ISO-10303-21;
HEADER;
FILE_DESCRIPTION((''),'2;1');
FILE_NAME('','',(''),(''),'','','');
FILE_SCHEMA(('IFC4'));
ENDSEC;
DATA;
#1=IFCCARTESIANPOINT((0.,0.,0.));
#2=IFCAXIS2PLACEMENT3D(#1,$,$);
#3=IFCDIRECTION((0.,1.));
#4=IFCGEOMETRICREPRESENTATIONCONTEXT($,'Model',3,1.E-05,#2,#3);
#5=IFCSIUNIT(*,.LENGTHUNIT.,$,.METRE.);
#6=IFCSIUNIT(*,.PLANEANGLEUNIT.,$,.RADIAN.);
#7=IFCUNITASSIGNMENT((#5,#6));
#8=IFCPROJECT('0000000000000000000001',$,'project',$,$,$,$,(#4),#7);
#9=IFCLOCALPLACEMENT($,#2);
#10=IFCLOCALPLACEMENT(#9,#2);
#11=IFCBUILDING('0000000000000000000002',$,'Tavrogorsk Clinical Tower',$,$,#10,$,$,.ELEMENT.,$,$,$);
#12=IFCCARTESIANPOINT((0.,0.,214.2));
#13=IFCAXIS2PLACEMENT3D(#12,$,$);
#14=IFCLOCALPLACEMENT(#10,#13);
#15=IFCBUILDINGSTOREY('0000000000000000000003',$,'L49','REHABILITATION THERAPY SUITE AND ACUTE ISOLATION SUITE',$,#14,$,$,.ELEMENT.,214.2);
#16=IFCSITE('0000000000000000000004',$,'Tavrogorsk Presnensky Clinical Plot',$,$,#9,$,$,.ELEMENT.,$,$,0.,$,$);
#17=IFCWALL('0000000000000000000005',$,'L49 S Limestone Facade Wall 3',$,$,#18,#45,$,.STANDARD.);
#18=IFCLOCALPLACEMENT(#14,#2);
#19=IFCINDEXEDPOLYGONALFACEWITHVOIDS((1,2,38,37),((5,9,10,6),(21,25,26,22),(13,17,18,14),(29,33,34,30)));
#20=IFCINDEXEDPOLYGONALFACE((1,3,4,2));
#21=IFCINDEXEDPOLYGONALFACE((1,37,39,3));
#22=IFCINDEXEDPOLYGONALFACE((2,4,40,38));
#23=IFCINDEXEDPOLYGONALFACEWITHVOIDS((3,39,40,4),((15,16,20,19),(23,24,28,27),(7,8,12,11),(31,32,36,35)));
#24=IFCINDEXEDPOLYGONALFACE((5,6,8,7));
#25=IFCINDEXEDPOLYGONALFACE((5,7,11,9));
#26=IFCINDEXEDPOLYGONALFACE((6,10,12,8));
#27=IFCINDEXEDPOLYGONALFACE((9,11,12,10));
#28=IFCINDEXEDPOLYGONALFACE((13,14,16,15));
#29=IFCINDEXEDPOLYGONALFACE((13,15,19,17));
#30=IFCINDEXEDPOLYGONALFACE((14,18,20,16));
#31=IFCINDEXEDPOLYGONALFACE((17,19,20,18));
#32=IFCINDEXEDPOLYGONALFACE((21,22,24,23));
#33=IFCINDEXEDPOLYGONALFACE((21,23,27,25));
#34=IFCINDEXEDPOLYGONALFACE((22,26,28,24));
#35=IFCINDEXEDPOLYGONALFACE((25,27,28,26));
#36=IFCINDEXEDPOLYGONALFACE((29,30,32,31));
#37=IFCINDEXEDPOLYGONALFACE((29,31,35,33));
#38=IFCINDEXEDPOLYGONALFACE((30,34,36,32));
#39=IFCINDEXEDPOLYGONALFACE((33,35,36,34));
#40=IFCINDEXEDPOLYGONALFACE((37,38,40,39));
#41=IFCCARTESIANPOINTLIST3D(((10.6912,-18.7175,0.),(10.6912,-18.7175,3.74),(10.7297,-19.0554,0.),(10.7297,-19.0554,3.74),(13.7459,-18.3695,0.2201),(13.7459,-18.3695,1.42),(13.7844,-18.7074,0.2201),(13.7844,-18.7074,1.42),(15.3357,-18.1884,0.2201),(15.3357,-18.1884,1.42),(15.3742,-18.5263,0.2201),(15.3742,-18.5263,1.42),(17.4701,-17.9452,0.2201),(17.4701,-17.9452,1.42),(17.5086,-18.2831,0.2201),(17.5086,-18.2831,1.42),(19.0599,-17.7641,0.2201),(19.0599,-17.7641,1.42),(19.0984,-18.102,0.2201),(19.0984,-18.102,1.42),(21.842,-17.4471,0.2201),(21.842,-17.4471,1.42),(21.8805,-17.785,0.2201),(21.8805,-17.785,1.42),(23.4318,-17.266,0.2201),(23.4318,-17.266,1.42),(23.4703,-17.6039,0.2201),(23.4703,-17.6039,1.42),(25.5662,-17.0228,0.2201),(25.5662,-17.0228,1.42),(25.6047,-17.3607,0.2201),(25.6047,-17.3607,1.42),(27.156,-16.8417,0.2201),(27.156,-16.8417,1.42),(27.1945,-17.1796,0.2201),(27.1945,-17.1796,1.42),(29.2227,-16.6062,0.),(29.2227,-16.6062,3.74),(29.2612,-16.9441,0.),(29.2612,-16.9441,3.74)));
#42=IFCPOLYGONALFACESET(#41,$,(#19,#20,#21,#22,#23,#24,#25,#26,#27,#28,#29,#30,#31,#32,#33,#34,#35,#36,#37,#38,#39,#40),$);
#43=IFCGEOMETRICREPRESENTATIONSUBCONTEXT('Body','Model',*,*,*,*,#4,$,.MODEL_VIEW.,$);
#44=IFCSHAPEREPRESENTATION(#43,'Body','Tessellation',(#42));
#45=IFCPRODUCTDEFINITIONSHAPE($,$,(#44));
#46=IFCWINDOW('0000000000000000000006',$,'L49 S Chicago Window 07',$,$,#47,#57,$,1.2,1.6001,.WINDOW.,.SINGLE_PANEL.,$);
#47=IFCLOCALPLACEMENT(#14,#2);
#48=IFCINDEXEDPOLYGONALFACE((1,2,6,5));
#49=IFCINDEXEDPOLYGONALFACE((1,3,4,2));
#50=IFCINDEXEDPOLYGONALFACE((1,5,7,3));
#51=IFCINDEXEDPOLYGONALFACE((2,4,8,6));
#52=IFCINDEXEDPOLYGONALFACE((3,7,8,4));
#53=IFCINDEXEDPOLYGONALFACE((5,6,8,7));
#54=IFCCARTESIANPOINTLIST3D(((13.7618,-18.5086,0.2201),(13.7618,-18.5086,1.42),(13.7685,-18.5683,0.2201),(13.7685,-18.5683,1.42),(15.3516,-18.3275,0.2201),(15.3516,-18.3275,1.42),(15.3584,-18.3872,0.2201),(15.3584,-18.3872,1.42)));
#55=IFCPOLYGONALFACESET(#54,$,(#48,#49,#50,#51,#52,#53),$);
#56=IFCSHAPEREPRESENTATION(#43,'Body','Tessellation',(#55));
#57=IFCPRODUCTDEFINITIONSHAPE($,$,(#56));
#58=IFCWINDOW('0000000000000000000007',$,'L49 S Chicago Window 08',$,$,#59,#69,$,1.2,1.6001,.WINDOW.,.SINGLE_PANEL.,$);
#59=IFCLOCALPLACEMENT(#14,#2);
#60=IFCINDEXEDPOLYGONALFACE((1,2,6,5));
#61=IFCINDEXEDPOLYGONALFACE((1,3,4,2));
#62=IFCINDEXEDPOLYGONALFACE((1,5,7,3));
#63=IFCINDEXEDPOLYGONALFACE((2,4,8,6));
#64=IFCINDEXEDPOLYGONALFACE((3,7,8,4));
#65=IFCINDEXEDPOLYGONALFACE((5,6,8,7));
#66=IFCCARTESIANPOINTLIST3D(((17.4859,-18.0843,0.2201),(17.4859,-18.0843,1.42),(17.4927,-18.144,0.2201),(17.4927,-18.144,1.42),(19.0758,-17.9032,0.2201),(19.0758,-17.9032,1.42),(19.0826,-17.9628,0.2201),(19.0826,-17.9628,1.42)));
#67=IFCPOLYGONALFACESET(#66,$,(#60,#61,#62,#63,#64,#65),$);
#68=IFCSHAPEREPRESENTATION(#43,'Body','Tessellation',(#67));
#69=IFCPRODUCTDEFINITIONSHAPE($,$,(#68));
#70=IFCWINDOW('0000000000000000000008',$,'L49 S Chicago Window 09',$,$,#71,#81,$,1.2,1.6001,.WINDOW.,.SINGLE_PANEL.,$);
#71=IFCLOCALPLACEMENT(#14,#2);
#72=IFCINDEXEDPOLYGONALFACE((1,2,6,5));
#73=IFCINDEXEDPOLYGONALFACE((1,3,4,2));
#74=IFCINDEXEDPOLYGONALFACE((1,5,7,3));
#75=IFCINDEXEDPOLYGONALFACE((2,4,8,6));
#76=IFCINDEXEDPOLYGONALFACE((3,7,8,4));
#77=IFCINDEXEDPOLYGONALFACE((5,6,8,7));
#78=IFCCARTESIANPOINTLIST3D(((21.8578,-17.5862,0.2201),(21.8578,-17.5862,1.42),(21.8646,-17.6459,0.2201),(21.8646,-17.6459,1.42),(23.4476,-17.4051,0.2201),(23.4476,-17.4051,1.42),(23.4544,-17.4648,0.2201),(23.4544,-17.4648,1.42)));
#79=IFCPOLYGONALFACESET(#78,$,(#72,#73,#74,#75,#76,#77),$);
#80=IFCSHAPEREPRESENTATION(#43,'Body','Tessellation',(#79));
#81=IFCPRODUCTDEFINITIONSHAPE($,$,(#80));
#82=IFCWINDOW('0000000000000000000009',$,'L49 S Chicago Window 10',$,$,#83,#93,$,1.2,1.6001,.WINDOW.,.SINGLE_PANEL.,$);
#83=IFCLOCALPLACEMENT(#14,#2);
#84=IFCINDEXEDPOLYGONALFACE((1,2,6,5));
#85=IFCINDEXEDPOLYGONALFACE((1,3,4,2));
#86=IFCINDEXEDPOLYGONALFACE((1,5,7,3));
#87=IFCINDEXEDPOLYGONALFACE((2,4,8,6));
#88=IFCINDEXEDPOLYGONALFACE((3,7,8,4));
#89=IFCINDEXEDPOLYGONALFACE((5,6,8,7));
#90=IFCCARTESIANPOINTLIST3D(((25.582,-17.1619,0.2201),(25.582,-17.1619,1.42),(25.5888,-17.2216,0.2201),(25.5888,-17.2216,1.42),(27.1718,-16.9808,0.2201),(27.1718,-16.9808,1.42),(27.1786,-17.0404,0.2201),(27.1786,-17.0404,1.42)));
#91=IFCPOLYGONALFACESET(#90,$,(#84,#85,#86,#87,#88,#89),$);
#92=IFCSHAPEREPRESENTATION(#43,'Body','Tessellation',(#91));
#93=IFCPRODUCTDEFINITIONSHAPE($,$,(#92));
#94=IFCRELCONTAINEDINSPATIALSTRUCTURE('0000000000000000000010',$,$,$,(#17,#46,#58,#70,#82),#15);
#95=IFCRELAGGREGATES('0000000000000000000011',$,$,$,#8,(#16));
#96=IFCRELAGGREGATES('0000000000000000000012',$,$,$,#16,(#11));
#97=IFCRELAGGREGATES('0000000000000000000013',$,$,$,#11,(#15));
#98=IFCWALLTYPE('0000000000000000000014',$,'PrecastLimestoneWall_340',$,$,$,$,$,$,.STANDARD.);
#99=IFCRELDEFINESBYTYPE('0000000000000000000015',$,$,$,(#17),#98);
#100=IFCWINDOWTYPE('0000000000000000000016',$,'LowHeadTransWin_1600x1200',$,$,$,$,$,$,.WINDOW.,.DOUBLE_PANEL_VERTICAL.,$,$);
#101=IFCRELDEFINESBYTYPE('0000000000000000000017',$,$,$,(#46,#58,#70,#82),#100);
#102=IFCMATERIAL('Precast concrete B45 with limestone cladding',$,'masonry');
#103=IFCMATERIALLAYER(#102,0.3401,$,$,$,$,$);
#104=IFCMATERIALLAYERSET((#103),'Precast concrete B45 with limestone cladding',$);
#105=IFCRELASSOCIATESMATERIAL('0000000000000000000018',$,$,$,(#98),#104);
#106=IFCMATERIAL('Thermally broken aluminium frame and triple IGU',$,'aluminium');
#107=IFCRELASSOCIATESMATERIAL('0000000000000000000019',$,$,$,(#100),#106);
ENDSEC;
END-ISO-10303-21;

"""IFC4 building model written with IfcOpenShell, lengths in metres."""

from ifc_helpers import new_model, si_unit, direction, frame, frame_2d, origin, place, context, subcontext, project, spatial, rectangle, extrude, material, layer, layer_set, type_object, element, fill, save


model = new_model("IFC4")

# Units and contexts
model_context = context("Model", 3, precision=1e-05, world=origin(), true_north=direction((0.0, 1.0)))
body_context = subcontext(model_context, "Body", "Model", "MODEL_VIEW")
ifc_project = project(units=[si_unit("LENGTHUNIT", "METRE"), si_unit("PLANEANGLEUNIT", "RADIAN")], contexts=[model_context])

# Site, building, storey
site_placement = place(None, origin())
site = spatial("IfcSite", under=ifc_project, at=site_placement, Name="Tavrogorsk Presnensky Clinical Plot", CompositionType="ELEMENT", RefElevation=0.0)
building_placement = place(site_placement, origin())
building = spatial("IfcBuilding", under=site, at=building_placement, Name="Tavrogorsk Clinical Tower", CompositionType="ELEMENT")
storey_placement = place(building_placement, frame((0.0, 0.0, 214.2)))
storey = spatial("IfcBuildingStorey", under=building, at=storey_placement, Name="L49", Description="REHABILITATION THERAPY SUITE AND ACUTE ISOLATION SUITE", CompositionType="ELEMENT", Elevation=214.2)

# Wall, openings, windows
ifc_material_1 = material(Name="Precast concrete B45 with limestone cladding", Category="masonry")
ifc_layer_1 = layer(ifc_material_1, 0.3401)
ifc_layer_set_1 = layer_set([ifc_layer_1], Name="Precast concrete B45 with limestone cladding")
wall_type_1 = type_object("IfcWallType", Name="PrecastLimestoneWall_340", PredefinedType="STANDARD", material=ifc_layer_set_1)
wall_1_placement = place(storey_placement, frame((10.7104, -18.8865, 0.0), z_axis=(0.0, 0.0, 1.0), x_axis=(0.993572, 0.1132, 0.0)))
wall_1 = element("IfcWall", 1, at=wall_1_placement, inside=storey, type_object=wall_type_1, Name="L49 S Limestone Facade Wall 3", PredefinedType="STANDARD", context=body_context, shape_type="SweptSolid", body=[
    extrude(rectangle(XDim=18.6514, YDim=0.3401, at=frame_2d((9.3257, 0.0))), origin(), (0.0, 0.0, 1.0), 3.74),
])
opening_1_placement = place(wall_1_placement, frame((3.0745, 0.0, 0.22)))
opening_1 = element("IfcOpeningElement", 2, at=opening_1_placement, cuts=wall_1, PredefinedType="OPENING", context=body_context, shape_type="SweptSolid", body=[
    extrude(rectangle(XDim=1.6001, YDim=1.2, at=frame_2d((0.8, 0.6001))), frame((0.0, 0.1799, 0.0), z_axis=(0.0, -1.0, 0.0), x_axis=(1.0, 0.0, 0.0)), (0.0, 0.0, 1.0), 0.3601),
])
opening_2_placement = place(wall_1_placement, frame((6.8228, 0.0, 0.22)))
opening_2 = element("IfcOpeningElement", 3, at=opening_2_placement, cuts=wall_1, PredefinedType="OPENING", context=body_context, shape_type="SweptSolid", body=[
    extrude(rectangle(XDim=1.6001, YDim=1.2, at=frame_2d((0.8, 0.6001))), frame((0.0, 0.1799, 0.0), z_axis=(0.0, -1.0, 0.0), x_axis=(1.0, 0.0, 0.0)), (0.0, 0.0, 1.0), 0.3601),
])
opening_3_placement = place(wall_1_placement, frame((11.2229, 0.0, 0.22)))
opening_3 = element("IfcOpeningElement", 4, at=opening_3_placement, cuts=wall_1, PredefinedType="OPENING", context=body_context, shape_type="SweptSolid", body=[
    extrude(rectangle(XDim=1.6001, YDim=1.2, at=frame_2d((0.8, 0.6001))), frame((0.0, 0.1799, 0.0), z_axis=(0.0, -1.0, 0.0), x_axis=(1.0, 0.0, 0.0)), (0.0, 0.0, 1.0), 0.3601),
])
opening_4_placement = place(wall_1_placement, frame((14.9712, 0.0, 0.22)))
opening_4 = element("IfcOpeningElement", 5, at=opening_4_placement, cuts=wall_1, PredefinedType="OPENING", context=body_context, shape_type="SweptSolid", body=[
    extrude(rectangle(XDim=1.6001, YDim=1.2, at=frame_2d((0.8, 0.6001))), frame((0.0, 0.1799, 0.0), z_axis=(0.0, -1.0, 0.0), x_axis=(1.0, 0.0, 0.0)), (0.0, 0.0, 1.0), 0.3601),
])
ifc_material_2 = material(Name="Thermally broken aluminium frame and triple IGU", Category="aluminium")
window_type = type_object("IfcWindowType", Name="LowHeadTransWin_1600x1200", PartitioningType="DOUBLE_PANEL_VERTICAL", PredefinedType="WINDOW", material=ifc_material_2)
window_1_placement = place(opening_1_placement, origin())
window_1 = element("IfcWindow", 6, at=window_1_placement, inside=storey, type_object=window_type, Name="L49 S Chicago Window 07", OverallHeight=1.2, OverallWidth=1.6001, PartitioningType="SINGLE_PANEL", PredefinedType="WINDOW", context=body_context, shape_type="SweptSolid", body=[
    extrude(rectangle(XDim=1.6001, YDim=1.2, at=frame_2d((0.8, 0.6001))), frame((0.0, 0.03, 0.0), z_axis=(0.0, -1.0, 0.0), x_axis=(1.0, 0.0, 0.0)), (0.0, 0.0, 1.0), 0.0601),
])
fill(opening_1, window_1)
window_2_placement = place(opening_2_placement, origin())
window_2 = element("IfcWindow", 7, at=window_2_placement, inside=storey, type_object=window_type, Name="L49 S Chicago Window 08", OverallHeight=1.2, OverallWidth=1.6001, PartitioningType="SINGLE_PANEL", PredefinedType="WINDOW", context=body_context, shape_type="SweptSolid", body=[
    extrude(rectangle(XDim=1.6001, YDim=1.2, at=frame_2d((0.8, 0.6001))), frame((0.0, 0.03, 0.0), z_axis=(0.0, -1.0, 0.0), x_axis=(1.0, 0.0, 0.0)), (0.0, 0.0, 1.0), 0.0601),
])
fill(opening_2, window_2)
window_3_placement = place(opening_3_placement, origin())
window_3 = element("IfcWindow", 8, at=window_3_placement, inside=storey, type_object=window_type, Name="L49 S Chicago Window 09", OverallHeight=1.2, OverallWidth=1.6001, PartitioningType="SINGLE_PANEL", PredefinedType="WINDOW", context=body_context, shape_type="SweptSolid", body=[
    extrude(rectangle(XDim=1.6001, YDim=1.2, at=frame_2d((0.8, 0.6001))), frame((0.0, 0.03, 0.0), z_axis=(0.0, -1.0, 0.0), x_axis=(1.0, 0.0, 0.0)), (0.0, 0.0, 1.0), 0.0601),
])
fill(opening_3, window_3)
window_4_placement = place(opening_4_placement, origin())
window_4 = element("IfcWindow", 9, at=window_4_placement, inside=storey, type_object=window_type, Name="L49 S Chicago Window 10", OverallHeight=1.2, OverallWidth=1.6001, PartitioningType="SINGLE_PANEL", PredefinedType="WINDOW", context=body_context, shape_type="SweptSolid", body=[
    extrude(rectangle(XDim=1.6001, YDim=1.2, at=frame_2d((0.8, 0.6001))), frame((0.0, 0.03, 0.0), z_axis=(0.0, -1.0, 0.0), x_axis=(1.0, 0.0, 0.0)), (0.0, 0.0, 1.0), 0.0601),
])
fill(opening_4, window_4)

save(model, "model.ifc")
